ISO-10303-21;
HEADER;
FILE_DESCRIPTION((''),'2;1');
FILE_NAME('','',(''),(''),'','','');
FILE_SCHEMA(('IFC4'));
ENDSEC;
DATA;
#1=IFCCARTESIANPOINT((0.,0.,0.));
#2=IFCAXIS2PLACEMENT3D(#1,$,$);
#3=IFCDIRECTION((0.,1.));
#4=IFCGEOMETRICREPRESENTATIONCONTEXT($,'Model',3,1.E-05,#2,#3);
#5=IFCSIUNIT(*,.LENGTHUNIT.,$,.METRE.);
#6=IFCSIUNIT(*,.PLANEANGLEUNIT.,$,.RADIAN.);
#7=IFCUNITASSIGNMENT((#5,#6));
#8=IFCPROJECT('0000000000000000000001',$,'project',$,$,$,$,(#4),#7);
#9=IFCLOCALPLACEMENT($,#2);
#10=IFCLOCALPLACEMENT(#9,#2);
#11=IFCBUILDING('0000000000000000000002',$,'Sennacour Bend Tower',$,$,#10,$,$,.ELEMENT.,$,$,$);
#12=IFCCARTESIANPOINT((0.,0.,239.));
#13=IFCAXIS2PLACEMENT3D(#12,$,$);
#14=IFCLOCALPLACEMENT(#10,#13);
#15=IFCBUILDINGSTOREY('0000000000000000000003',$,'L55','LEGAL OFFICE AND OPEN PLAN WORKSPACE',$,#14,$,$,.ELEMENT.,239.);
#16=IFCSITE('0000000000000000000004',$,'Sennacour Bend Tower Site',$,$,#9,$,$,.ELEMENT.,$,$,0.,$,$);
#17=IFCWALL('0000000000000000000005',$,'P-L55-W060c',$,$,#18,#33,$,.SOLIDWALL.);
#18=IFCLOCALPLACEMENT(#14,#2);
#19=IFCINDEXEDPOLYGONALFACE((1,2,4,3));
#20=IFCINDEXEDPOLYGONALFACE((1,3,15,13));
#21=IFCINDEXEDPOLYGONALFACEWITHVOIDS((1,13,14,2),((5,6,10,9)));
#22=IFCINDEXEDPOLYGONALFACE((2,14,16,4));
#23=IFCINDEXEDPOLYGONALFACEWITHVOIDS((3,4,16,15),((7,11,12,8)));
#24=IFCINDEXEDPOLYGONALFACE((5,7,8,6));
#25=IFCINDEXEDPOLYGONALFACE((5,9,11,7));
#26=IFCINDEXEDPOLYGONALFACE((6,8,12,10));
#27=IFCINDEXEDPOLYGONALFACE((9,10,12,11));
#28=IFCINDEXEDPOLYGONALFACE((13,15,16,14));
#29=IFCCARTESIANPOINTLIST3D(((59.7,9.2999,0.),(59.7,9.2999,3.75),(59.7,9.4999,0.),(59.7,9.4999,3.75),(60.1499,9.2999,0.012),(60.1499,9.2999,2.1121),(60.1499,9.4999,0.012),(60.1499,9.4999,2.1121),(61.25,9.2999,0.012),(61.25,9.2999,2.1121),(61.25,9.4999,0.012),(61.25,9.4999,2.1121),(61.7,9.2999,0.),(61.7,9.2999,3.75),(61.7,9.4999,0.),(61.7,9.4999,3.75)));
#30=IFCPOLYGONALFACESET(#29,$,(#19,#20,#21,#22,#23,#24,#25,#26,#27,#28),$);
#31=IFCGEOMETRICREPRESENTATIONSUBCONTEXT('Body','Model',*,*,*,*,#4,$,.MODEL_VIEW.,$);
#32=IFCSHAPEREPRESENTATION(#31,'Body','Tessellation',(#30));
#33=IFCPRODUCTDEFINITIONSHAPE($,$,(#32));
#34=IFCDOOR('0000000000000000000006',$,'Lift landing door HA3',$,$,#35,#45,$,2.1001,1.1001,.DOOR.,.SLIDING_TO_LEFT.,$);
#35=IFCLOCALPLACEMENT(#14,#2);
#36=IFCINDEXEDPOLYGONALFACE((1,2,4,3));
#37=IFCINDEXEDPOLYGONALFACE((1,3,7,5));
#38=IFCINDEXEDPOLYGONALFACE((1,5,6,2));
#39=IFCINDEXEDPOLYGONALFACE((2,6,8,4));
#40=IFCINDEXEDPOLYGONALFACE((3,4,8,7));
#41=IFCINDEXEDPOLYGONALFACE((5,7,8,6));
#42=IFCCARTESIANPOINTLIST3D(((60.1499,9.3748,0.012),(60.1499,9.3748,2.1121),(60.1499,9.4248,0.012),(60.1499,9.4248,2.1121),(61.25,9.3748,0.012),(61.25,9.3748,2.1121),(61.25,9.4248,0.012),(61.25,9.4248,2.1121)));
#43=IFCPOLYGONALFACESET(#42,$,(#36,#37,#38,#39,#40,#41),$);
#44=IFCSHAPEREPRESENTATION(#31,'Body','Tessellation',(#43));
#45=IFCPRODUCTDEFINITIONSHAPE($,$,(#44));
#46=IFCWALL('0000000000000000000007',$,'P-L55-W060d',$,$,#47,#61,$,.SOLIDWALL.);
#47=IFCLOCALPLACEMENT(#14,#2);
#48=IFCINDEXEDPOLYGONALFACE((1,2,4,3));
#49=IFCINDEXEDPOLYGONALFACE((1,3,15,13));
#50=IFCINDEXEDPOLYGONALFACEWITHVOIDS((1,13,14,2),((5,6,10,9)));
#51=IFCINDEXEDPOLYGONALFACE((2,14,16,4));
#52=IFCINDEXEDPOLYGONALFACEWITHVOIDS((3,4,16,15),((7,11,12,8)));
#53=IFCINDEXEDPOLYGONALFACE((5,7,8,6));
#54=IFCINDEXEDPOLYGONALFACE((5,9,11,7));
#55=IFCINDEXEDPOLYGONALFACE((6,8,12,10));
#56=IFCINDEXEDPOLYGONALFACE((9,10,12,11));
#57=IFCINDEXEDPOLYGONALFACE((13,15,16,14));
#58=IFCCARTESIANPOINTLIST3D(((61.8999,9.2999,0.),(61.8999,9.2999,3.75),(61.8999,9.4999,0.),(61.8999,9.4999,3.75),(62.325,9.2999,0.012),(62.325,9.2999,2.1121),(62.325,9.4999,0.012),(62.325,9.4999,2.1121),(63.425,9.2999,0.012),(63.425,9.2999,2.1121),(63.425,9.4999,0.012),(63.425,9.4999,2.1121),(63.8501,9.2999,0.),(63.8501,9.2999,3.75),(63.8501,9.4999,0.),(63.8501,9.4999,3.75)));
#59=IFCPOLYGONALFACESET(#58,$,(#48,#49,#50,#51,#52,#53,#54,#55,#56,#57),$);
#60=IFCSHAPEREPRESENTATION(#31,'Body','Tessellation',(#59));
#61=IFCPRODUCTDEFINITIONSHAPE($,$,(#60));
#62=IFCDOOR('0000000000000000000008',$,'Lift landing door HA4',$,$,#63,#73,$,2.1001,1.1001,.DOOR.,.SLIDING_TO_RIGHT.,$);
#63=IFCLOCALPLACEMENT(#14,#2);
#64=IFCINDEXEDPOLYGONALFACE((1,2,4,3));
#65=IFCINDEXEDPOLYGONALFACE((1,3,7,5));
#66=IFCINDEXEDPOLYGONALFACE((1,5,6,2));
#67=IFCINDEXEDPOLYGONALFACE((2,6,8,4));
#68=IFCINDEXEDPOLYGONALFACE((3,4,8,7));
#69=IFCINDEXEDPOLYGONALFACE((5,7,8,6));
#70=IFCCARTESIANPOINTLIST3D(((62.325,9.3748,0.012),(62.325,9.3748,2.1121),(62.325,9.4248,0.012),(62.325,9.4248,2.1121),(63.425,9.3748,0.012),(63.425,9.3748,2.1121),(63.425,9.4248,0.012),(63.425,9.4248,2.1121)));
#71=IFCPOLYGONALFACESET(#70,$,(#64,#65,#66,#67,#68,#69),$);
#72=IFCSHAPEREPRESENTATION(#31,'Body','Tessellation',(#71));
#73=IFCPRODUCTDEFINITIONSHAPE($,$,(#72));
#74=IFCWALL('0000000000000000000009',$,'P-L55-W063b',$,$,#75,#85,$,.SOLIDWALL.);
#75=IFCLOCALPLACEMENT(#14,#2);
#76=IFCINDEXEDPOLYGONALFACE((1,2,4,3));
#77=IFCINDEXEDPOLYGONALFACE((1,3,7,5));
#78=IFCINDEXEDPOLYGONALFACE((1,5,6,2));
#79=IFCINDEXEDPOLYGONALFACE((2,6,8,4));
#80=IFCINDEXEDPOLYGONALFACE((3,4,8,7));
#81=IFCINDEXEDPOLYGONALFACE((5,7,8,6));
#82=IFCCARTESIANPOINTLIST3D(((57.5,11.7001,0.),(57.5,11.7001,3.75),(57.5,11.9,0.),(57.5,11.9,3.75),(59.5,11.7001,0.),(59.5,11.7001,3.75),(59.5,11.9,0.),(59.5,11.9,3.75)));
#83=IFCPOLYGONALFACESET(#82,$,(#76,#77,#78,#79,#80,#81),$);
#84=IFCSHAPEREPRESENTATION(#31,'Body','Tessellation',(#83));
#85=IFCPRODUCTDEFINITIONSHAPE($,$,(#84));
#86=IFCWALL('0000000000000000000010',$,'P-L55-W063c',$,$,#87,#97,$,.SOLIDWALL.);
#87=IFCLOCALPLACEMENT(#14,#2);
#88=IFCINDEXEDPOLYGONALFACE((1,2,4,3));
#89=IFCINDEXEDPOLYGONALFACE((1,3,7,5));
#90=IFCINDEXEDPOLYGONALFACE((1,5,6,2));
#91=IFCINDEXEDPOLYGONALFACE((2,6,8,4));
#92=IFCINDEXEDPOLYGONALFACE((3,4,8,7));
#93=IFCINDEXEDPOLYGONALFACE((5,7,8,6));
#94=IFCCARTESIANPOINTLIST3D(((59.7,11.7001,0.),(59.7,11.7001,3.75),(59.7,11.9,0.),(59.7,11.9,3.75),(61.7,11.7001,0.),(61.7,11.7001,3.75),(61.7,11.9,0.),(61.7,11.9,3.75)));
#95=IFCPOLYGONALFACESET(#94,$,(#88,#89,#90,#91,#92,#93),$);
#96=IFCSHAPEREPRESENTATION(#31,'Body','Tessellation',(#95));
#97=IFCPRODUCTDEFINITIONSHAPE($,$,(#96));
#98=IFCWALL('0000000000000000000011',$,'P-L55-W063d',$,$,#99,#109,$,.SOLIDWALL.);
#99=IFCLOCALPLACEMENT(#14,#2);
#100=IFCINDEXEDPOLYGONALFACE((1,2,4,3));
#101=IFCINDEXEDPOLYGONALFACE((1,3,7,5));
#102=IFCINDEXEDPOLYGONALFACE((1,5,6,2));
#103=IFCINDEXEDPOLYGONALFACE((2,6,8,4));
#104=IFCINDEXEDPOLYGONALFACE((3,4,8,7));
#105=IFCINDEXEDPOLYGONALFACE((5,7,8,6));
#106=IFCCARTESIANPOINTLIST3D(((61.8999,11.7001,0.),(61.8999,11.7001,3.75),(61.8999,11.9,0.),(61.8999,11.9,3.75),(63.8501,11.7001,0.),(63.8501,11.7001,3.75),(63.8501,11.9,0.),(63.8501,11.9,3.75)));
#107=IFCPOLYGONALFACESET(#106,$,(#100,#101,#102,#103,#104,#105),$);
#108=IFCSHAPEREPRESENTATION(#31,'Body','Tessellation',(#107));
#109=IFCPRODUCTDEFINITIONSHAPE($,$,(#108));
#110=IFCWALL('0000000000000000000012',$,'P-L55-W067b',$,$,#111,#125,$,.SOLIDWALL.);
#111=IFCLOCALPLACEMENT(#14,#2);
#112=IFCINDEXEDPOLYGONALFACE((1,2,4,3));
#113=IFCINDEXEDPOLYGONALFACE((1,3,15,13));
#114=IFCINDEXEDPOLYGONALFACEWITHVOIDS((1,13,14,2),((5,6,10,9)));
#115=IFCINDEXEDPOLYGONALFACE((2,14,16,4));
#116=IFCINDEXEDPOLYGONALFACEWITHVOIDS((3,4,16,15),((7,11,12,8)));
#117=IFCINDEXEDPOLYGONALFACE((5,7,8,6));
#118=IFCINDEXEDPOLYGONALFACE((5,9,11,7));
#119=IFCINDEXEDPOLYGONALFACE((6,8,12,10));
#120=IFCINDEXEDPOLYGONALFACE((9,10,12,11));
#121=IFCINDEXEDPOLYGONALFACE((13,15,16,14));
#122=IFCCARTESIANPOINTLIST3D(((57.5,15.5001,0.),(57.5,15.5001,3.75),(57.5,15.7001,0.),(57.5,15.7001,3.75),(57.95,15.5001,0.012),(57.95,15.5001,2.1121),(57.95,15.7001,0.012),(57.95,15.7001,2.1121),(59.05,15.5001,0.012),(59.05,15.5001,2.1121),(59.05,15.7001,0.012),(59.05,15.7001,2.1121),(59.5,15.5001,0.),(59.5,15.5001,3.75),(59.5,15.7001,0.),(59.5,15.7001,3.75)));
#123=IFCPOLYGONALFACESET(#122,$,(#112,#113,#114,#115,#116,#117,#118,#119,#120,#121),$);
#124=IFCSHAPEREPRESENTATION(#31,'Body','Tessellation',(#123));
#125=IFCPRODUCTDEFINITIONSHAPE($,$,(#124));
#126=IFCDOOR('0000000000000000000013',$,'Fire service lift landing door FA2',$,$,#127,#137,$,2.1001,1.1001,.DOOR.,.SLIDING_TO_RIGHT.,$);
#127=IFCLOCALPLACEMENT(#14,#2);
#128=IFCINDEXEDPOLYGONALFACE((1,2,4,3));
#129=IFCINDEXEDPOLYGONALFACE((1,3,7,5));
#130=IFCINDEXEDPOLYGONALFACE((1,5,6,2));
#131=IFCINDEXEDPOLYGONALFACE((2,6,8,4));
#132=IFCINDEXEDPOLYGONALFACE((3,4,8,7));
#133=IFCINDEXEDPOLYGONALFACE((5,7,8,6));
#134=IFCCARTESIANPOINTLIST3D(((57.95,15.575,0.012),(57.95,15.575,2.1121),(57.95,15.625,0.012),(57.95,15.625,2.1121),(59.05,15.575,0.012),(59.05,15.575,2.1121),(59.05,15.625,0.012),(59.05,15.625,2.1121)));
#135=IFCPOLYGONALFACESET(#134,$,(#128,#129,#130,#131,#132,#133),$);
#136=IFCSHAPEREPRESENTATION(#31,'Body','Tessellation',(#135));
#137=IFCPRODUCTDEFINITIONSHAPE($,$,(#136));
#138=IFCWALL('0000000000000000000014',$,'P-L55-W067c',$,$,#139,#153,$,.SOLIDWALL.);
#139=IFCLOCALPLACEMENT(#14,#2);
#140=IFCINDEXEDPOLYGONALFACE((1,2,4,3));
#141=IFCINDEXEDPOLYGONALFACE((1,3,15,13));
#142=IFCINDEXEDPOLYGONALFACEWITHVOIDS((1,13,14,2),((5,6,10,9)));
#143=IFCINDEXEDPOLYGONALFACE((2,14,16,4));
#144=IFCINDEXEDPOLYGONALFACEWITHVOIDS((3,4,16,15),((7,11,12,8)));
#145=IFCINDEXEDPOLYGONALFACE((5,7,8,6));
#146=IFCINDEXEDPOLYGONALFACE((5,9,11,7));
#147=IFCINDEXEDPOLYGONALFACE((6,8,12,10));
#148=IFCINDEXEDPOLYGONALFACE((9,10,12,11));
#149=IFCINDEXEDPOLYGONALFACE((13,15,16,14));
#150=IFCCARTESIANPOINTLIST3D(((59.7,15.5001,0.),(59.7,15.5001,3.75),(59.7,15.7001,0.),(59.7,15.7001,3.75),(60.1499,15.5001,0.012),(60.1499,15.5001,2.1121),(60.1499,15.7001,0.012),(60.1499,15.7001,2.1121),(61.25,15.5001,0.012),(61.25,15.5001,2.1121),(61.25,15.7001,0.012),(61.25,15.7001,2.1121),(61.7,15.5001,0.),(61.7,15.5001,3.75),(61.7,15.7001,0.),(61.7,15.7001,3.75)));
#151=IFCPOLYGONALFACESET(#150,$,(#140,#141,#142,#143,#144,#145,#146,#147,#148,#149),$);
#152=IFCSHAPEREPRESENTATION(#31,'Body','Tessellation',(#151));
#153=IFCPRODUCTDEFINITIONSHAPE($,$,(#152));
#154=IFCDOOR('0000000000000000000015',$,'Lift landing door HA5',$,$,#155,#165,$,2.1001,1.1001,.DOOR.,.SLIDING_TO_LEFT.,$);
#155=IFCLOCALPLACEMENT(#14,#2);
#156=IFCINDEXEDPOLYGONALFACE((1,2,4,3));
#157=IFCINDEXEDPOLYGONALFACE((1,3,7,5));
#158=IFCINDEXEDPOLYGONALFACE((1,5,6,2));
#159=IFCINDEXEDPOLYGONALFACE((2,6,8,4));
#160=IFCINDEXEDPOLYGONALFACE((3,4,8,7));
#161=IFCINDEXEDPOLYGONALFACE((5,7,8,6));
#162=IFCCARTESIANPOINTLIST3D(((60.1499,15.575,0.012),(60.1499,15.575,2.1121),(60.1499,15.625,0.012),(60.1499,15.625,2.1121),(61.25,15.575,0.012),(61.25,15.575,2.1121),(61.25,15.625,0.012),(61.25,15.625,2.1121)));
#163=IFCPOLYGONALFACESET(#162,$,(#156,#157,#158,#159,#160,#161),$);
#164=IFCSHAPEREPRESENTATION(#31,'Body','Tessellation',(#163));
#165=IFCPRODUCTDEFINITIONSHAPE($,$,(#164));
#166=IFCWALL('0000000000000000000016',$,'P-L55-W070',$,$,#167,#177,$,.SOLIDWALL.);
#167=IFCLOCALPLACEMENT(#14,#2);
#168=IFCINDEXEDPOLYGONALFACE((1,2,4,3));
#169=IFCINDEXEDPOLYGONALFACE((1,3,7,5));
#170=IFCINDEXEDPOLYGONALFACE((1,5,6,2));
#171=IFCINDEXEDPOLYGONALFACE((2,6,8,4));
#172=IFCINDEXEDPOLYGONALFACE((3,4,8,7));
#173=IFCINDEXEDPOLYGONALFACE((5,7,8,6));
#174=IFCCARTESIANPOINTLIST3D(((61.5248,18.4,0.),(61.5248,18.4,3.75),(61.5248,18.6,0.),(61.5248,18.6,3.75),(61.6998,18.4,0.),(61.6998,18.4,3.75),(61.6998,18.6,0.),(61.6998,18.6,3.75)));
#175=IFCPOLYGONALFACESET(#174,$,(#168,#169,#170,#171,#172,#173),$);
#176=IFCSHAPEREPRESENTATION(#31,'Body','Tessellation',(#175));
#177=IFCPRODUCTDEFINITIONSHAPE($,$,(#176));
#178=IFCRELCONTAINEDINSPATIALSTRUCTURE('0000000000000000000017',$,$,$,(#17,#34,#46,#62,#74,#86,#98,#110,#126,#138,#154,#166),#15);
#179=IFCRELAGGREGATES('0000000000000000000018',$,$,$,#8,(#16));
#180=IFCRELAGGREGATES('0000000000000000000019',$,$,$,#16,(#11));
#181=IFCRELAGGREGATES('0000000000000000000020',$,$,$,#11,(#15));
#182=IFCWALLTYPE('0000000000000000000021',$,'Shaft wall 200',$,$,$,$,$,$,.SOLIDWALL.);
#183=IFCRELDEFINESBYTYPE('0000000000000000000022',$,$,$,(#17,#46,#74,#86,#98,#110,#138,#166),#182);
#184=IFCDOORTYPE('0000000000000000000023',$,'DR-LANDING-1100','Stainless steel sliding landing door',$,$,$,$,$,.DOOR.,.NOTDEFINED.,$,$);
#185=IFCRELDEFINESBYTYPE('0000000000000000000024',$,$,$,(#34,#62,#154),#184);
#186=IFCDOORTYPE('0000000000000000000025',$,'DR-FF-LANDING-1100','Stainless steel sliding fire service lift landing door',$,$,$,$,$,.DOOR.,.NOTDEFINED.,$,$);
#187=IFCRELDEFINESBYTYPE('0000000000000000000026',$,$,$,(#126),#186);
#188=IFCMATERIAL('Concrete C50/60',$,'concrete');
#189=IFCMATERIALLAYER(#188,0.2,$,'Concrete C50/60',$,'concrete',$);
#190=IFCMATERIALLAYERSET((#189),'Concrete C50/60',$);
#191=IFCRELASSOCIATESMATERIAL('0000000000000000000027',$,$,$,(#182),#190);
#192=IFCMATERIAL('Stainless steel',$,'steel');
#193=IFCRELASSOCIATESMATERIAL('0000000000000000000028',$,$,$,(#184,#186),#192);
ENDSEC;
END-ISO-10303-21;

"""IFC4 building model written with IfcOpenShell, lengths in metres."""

from ifc_helpers import new_model, si_unit, direction, frame, frame_2d, origin, place, context, subcontext, project, spatial, rectangle, extrude, material, layer, layer_set, type_object, element, fill, save


model = new_model("IFC4")

# Units and contexts
model_context = context("Model", 3, precision=1e-05, world=origin(), true_north=direction((0.0, 1.0)))
body_context = subcontext(model_context, "Body", "Model", "MODEL_VIEW")
ifc_project = project(units=[si_unit("LENGTHUNIT", "METRE"), si_unit("PLANEANGLEUNIT", "RADIAN")], contexts=[model_context])

# Site, building, storey
site_placement = place(None, origin())
site = spatial("IfcSite", under=ifc_project, at=site_placement, Name="Sennacour Bend Tower Site", CompositionType="ELEMENT", RefElevation=0.0)
building_placement = place(site_placement, origin())
building = spatial("IfcBuilding", under=site, at=building_placement, Name="Sennacour Bend Tower", CompositionType="ELEMENT")
storey_placement = place(building_placement, frame((0.0, 0.0, 239.0)))
storey = spatial("IfcBuildingStorey", under=building, at=storey_placement, Name="L55", Description="LEGAL OFFICE AND OPEN PLAN WORKSPACE", CompositionType="ELEMENT", Elevation=239.0)

# Shared definitions
ifc_material_1 = material(Name="Concrete C50/60", Category="concrete")
ifc_layer_1 = layer(ifc_material_1, 0.2, Name="Concrete C50/60", Category="concrete")
ifc_layer_set_1 = layer_set([ifc_layer_1], Name="Concrete C50/60")
wall_type_1 = type_object("IfcWallType", Name="Shaft wall 200", PredefinedType="SOLIDWALL", material=ifc_layer_set_1)

# Walls, openings, doors
wall_1_placement = place(storey_placement, frame((59.7, 9.3999, 0.0), z_axis=(0.0, 0.0, 1.0), x_axis=(1.0, 0.0, 0.0)))
wall_1 = element("IfcWall", 1, at=wall_1_placement, inside=storey, type_object=wall_type_1, Name="P-L55-W060c", PredefinedType="SOLIDWALL", context=body_context, shape_type="SweptSolid", body=[
    extrude(rectangle(XDim=2.0, YDim=0.2, at=frame_2d((1.0, 0.0))), origin(), (0.0, 0.0, 1.0), 3.75),
])
opening_1_placement = place(wall_1_placement, frame((0.45, 0.0, 0.012)))
opening_1 = element("IfcOpeningElement", 2, at=opening_1_placement, cuts=wall_1, PredefinedType="OPENING", context=body_context, shape_type="SweptSolid", body=[
    extrude(rectangle(XDim=1.1001, YDim=2.1001, at=frame_2d((0.55, 1.05))), frame((0.0, 0.1099, 0.0), z_axis=(0.0, -1.0, 0.0), x_axis=(1.0, 0.0, 0.0)), (0.0, 0.0, 1.0), 0.22),
])
ifc_material_2 = material(Name="Stainless steel", Category="steel")
door_type_1 = type_object("IfcDoorType", Name="DR-LANDING-1100", Description="Stainless steel sliding landing door", OperationType="NOTDEFINED", PredefinedType="DOOR", material=ifc_material_2)
door_1_placement = place(opening_1_placement, origin())
door_1 = element("IfcDoor", 3, at=door_1_placement, inside=storey, type_object=door_type_1, Name="Lift landing door HA3", OperationType="SLIDING_TO_LEFT", OverallHeight=2.1001, OverallWidth=1.1001, PredefinedType="DOOR", context=body_context, shape_type="SweptSolid", body=[
    extrude(rectangle(XDim=1.1001, YDim=2.1001, at=frame_2d((0.55, 1.05))), frame((0.0, 0.0249, 0.0), z_axis=(0.0, -1.0, 0.0), x_axis=(1.0, 0.0, 0.0)), (0.0, 0.0, 1.0), 0.05),
])
fill(opening_1, door_1)
wall_2_placement = place(storey_placement, frame((61.8999, 9.3999, 0.0), z_axis=(0.0, 0.0, 1.0), x_axis=(1.0, 0.0, 0.0)))
wall_2 = element("IfcWall", 4, at=wall_2_placement, inside=storey, type_object=wall_type_1, Name="P-L55-W060d", PredefinedType="SOLIDWALL", context=body_context, shape_type="SweptSolid", body=[
    extrude(rectangle(XDim=1.9502, YDim=0.2, at=frame_2d((0.9751, 0.0))), origin(), (0.0, 0.0, 1.0), 3.75),
])
opening_2_placement = place(wall_2_placement, frame((0.425, 0.0, 0.012)))
opening_2 = element("IfcOpeningElement", 5, at=opening_2_placement, cuts=wall_2, PredefinedType="OPENING", context=body_context, shape_type="SweptSolid", body=[
    extrude(rectangle(XDim=1.1001, YDim=2.1001, at=frame_2d((0.55, 1.05))), frame((0.0, 0.1099, 0.0), z_axis=(0.0, -1.0, 0.0), x_axis=(1.0, 0.0, 0.0)), (0.0, 0.0, 1.0), 0.22),
])
door_2_placement = place(opening_2_placement, origin())
door_2 = element("IfcDoor", 6, at=door_2_placement, inside=storey, type_object=door_type_1, Name="Lift landing door HA4", OperationType="SLIDING_TO_RIGHT", OverallHeight=2.1001, OverallWidth=1.1001, PredefinedType="DOOR", context=body_context, shape_type="SweptSolid", body=[
    extrude(rectangle(XDim=1.1001, YDim=2.1001, at=frame_2d((0.55, 1.05))), frame((0.0, 0.0249, 0.0), z_axis=(0.0, -1.0, 0.0), x_axis=(1.0, 0.0, 0.0)), (0.0, 0.0, 1.0), 0.05),
])
fill(opening_2, door_2)

# Walls
for number, where, z_axis, x_axis, name in (
    (7, (57.5, 11.8, 0.0), (0.0, 0.0, 1.0), (1.0, 0.0, 0.0), "P-L55-W063b"),
    (8, (59.7, 11.8, 0.0), (0.0, 0.0, 1.0), (1.0, 0.0, 0.0), "P-L55-W063c"),
):
    element("IfcWall", number, at=place(storey_placement, frame(where, z_axis=z_axis, x_axis=x_axis)), inside=storey, type_object=wall_type_1, Name=name, PredefinedType="SOLIDWALL", context=body_context, shape_type="SweptSolid", body=[
        extrude(rectangle(XDim=2.0, YDim=0.2, at=frame_2d((1.0, 0.0))), origin(), (0.0, 0.0, 1.0), 3.75),
    ])
wall_3_placement = place(storey_placement, frame((61.8999, 11.8, 0.0), z_axis=(0.0, 0.0, 1.0), x_axis=(1.0, 0.0, 0.0)))
element("IfcWall", 9, at=wall_3_placement, inside=storey, type_object=wall_type_1, Name="P-L55-W063d", PredefinedType="SOLIDWALL", context=body_context, shape_type="SweptSolid", body=[
    extrude(rectangle(XDim=1.9502, YDim=0.2, at=frame_2d((0.9751, 0.0))), origin(), (0.0, 0.0, 1.0), 3.75),
])

# Walls, openings, doors
wall_4_placement = place(storey_placement, frame((57.5, 15.6001, 0.0), z_axis=(0.0, 0.0, 1.0), x_axis=(1.0, 0.0, 0.0)))
wall_4 = element("IfcWall", 10, at=wall_4_placement, inside=storey, type_object=wall_type_1, Name="P-L55-W067b", PredefinedType="SOLIDWALL", context=body_context, shape_type="SweptSolid", body=[
    extrude(rectangle(XDim=2.0, YDim=0.2, at=frame_2d((1.0, 0.0))), origin(), (0.0, 0.0, 1.0), 3.75),
])
opening_3_placement = place(wall_4_placement, frame((0.45, 0.0, 0.012)))
opening_3 = element("IfcOpeningElement", 11, at=opening_3_placement, cuts=wall_4, PredefinedType="OPENING", context=body_context, shape_type="SweptSolid", body=[
    extrude(rectangle(XDim=1.1001, YDim=2.1001, at=frame_2d((0.55, 1.05))), frame((0.0, 0.1099, 0.0), z_axis=(0.0, -1.0, 0.0), x_axis=(1.0, 0.0, 0.0)), (0.0, 0.0, 1.0), 0.22),
])
door_type_2 = type_object("IfcDoorType", Name="DR-FF-LANDING-1100", Description="Stainless steel sliding fire service lift landing door", OperationType="NOTDEFINED", PredefinedType="DOOR", material=ifc_material_2)
door_3_placement = place(opening_3_placement, origin())
door_3 = element("IfcDoor", 12, at=door_3_placement, inside=storey, type_object=door_type_2, Name="Fire service lift landing door FA2", OperationType="SLIDING_TO_RIGHT", OverallHeight=2.1001, OverallWidth=1.1001, PredefinedType="DOOR", context=body_context, shape_type="SweptSolid", body=[
    extrude(rectangle(XDim=1.1001, YDim=2.1001, at=frame_2d((0.55, 1.05))), frame((0.0, 0.0249, 0.0), z_axis=(0.0, -1.0, 0.0), x_axis=(1.0, 0.0, 0.0)), (0.0, 0.0, 1.0), 0.05),
])
fill(opening_3, door_3)
wall_5_placement = place(storey_placement, frame((59.7, 15.6001, 0.0), z_axis=(0.0, 0.0, 1.0), x_axis=(1.0, 0.0, 0.0)))
wall_5 = element("IfcWall", 13, at=wall_5_placement, inside=storey, type_object=wall_type_1, Name="P-L55-W067c", PredefinedType="SOLIDWALL", context=body_context, shape_type="SweptSolid", body=[
    extrude(rectangle(XDim=2.0, YDim=0.2, at=frame_2d((1.0, 0.0))), origin(), (0.0, 0.0, 1.0), 3.75),
])
opening_4_placement = place(wall_5_placement, frame((0.45, 0.0, 0.012)))
opening_4 = element("IfcOpeningElement", 14, at=opening_4_placement, cuts=wall_5, PredefinedType="OPENING", context=body_context, shape_type="SweptSolid", body=[
    extrude(rectangle(XDim=1.1001, YDim=2.1001, at=frame_2d((0.55, 1.05))), frame((0.0, 0.1099, 0.0), z_axis=(0.0, -1.0, 0.0), x_axis=(1.0, 0.0, 0.0)), (0.0, 0.0, 1.0), 0.22),
])
door_4_placement = place(opening_4_placement, origin())
door_4 = element("IfcDoor", 15, at=door_4_placement, inside=storey, type_object=door_type_1, Name="Lift landing door HA5", OperationType="SLIDING_TO_LEFT", OverallHeight=2.1001, OverallWidth=1.1001, PredefinedType="DOOR", context=body_context, shape_type="SweptSolid", body=[
    extrude(rectangle(XDim=1.1001, YDim=2.1001, at=frame_2d((0.55, 1.05))), frame((0.0, 0.0249, 0.0), z_axis=(0.0, -1.0, 0.0), x_axis=(1.0, 0.0, 0.0)), (0.0, 0.0, 1.0), 0.05),
])
fill(opening_4, door_4)

# Wall
wall_6_placement = place(storey_placement, frame((61.5249, 18.5, 0.0), z_axis=(0.0, 0.0, 1.0), x_axis=(1.0, 0.0, 0.0)))
element("IfcWall", 16, at=wall_6_placement, inside=storey, type_object=wall_type_1, Name="P-L55-W070", PredefinedType="SOLIDWALL", context=body_context, shape_type="SweptSolid", body=[
    extrude(rectangle(XDim=0.175, YDim=0.2, at=frame_2d((0.0874, 0.0))), origin(), (0.0, 0.0, 1.0), 3.75),
])

save(model, "model.ifc")
